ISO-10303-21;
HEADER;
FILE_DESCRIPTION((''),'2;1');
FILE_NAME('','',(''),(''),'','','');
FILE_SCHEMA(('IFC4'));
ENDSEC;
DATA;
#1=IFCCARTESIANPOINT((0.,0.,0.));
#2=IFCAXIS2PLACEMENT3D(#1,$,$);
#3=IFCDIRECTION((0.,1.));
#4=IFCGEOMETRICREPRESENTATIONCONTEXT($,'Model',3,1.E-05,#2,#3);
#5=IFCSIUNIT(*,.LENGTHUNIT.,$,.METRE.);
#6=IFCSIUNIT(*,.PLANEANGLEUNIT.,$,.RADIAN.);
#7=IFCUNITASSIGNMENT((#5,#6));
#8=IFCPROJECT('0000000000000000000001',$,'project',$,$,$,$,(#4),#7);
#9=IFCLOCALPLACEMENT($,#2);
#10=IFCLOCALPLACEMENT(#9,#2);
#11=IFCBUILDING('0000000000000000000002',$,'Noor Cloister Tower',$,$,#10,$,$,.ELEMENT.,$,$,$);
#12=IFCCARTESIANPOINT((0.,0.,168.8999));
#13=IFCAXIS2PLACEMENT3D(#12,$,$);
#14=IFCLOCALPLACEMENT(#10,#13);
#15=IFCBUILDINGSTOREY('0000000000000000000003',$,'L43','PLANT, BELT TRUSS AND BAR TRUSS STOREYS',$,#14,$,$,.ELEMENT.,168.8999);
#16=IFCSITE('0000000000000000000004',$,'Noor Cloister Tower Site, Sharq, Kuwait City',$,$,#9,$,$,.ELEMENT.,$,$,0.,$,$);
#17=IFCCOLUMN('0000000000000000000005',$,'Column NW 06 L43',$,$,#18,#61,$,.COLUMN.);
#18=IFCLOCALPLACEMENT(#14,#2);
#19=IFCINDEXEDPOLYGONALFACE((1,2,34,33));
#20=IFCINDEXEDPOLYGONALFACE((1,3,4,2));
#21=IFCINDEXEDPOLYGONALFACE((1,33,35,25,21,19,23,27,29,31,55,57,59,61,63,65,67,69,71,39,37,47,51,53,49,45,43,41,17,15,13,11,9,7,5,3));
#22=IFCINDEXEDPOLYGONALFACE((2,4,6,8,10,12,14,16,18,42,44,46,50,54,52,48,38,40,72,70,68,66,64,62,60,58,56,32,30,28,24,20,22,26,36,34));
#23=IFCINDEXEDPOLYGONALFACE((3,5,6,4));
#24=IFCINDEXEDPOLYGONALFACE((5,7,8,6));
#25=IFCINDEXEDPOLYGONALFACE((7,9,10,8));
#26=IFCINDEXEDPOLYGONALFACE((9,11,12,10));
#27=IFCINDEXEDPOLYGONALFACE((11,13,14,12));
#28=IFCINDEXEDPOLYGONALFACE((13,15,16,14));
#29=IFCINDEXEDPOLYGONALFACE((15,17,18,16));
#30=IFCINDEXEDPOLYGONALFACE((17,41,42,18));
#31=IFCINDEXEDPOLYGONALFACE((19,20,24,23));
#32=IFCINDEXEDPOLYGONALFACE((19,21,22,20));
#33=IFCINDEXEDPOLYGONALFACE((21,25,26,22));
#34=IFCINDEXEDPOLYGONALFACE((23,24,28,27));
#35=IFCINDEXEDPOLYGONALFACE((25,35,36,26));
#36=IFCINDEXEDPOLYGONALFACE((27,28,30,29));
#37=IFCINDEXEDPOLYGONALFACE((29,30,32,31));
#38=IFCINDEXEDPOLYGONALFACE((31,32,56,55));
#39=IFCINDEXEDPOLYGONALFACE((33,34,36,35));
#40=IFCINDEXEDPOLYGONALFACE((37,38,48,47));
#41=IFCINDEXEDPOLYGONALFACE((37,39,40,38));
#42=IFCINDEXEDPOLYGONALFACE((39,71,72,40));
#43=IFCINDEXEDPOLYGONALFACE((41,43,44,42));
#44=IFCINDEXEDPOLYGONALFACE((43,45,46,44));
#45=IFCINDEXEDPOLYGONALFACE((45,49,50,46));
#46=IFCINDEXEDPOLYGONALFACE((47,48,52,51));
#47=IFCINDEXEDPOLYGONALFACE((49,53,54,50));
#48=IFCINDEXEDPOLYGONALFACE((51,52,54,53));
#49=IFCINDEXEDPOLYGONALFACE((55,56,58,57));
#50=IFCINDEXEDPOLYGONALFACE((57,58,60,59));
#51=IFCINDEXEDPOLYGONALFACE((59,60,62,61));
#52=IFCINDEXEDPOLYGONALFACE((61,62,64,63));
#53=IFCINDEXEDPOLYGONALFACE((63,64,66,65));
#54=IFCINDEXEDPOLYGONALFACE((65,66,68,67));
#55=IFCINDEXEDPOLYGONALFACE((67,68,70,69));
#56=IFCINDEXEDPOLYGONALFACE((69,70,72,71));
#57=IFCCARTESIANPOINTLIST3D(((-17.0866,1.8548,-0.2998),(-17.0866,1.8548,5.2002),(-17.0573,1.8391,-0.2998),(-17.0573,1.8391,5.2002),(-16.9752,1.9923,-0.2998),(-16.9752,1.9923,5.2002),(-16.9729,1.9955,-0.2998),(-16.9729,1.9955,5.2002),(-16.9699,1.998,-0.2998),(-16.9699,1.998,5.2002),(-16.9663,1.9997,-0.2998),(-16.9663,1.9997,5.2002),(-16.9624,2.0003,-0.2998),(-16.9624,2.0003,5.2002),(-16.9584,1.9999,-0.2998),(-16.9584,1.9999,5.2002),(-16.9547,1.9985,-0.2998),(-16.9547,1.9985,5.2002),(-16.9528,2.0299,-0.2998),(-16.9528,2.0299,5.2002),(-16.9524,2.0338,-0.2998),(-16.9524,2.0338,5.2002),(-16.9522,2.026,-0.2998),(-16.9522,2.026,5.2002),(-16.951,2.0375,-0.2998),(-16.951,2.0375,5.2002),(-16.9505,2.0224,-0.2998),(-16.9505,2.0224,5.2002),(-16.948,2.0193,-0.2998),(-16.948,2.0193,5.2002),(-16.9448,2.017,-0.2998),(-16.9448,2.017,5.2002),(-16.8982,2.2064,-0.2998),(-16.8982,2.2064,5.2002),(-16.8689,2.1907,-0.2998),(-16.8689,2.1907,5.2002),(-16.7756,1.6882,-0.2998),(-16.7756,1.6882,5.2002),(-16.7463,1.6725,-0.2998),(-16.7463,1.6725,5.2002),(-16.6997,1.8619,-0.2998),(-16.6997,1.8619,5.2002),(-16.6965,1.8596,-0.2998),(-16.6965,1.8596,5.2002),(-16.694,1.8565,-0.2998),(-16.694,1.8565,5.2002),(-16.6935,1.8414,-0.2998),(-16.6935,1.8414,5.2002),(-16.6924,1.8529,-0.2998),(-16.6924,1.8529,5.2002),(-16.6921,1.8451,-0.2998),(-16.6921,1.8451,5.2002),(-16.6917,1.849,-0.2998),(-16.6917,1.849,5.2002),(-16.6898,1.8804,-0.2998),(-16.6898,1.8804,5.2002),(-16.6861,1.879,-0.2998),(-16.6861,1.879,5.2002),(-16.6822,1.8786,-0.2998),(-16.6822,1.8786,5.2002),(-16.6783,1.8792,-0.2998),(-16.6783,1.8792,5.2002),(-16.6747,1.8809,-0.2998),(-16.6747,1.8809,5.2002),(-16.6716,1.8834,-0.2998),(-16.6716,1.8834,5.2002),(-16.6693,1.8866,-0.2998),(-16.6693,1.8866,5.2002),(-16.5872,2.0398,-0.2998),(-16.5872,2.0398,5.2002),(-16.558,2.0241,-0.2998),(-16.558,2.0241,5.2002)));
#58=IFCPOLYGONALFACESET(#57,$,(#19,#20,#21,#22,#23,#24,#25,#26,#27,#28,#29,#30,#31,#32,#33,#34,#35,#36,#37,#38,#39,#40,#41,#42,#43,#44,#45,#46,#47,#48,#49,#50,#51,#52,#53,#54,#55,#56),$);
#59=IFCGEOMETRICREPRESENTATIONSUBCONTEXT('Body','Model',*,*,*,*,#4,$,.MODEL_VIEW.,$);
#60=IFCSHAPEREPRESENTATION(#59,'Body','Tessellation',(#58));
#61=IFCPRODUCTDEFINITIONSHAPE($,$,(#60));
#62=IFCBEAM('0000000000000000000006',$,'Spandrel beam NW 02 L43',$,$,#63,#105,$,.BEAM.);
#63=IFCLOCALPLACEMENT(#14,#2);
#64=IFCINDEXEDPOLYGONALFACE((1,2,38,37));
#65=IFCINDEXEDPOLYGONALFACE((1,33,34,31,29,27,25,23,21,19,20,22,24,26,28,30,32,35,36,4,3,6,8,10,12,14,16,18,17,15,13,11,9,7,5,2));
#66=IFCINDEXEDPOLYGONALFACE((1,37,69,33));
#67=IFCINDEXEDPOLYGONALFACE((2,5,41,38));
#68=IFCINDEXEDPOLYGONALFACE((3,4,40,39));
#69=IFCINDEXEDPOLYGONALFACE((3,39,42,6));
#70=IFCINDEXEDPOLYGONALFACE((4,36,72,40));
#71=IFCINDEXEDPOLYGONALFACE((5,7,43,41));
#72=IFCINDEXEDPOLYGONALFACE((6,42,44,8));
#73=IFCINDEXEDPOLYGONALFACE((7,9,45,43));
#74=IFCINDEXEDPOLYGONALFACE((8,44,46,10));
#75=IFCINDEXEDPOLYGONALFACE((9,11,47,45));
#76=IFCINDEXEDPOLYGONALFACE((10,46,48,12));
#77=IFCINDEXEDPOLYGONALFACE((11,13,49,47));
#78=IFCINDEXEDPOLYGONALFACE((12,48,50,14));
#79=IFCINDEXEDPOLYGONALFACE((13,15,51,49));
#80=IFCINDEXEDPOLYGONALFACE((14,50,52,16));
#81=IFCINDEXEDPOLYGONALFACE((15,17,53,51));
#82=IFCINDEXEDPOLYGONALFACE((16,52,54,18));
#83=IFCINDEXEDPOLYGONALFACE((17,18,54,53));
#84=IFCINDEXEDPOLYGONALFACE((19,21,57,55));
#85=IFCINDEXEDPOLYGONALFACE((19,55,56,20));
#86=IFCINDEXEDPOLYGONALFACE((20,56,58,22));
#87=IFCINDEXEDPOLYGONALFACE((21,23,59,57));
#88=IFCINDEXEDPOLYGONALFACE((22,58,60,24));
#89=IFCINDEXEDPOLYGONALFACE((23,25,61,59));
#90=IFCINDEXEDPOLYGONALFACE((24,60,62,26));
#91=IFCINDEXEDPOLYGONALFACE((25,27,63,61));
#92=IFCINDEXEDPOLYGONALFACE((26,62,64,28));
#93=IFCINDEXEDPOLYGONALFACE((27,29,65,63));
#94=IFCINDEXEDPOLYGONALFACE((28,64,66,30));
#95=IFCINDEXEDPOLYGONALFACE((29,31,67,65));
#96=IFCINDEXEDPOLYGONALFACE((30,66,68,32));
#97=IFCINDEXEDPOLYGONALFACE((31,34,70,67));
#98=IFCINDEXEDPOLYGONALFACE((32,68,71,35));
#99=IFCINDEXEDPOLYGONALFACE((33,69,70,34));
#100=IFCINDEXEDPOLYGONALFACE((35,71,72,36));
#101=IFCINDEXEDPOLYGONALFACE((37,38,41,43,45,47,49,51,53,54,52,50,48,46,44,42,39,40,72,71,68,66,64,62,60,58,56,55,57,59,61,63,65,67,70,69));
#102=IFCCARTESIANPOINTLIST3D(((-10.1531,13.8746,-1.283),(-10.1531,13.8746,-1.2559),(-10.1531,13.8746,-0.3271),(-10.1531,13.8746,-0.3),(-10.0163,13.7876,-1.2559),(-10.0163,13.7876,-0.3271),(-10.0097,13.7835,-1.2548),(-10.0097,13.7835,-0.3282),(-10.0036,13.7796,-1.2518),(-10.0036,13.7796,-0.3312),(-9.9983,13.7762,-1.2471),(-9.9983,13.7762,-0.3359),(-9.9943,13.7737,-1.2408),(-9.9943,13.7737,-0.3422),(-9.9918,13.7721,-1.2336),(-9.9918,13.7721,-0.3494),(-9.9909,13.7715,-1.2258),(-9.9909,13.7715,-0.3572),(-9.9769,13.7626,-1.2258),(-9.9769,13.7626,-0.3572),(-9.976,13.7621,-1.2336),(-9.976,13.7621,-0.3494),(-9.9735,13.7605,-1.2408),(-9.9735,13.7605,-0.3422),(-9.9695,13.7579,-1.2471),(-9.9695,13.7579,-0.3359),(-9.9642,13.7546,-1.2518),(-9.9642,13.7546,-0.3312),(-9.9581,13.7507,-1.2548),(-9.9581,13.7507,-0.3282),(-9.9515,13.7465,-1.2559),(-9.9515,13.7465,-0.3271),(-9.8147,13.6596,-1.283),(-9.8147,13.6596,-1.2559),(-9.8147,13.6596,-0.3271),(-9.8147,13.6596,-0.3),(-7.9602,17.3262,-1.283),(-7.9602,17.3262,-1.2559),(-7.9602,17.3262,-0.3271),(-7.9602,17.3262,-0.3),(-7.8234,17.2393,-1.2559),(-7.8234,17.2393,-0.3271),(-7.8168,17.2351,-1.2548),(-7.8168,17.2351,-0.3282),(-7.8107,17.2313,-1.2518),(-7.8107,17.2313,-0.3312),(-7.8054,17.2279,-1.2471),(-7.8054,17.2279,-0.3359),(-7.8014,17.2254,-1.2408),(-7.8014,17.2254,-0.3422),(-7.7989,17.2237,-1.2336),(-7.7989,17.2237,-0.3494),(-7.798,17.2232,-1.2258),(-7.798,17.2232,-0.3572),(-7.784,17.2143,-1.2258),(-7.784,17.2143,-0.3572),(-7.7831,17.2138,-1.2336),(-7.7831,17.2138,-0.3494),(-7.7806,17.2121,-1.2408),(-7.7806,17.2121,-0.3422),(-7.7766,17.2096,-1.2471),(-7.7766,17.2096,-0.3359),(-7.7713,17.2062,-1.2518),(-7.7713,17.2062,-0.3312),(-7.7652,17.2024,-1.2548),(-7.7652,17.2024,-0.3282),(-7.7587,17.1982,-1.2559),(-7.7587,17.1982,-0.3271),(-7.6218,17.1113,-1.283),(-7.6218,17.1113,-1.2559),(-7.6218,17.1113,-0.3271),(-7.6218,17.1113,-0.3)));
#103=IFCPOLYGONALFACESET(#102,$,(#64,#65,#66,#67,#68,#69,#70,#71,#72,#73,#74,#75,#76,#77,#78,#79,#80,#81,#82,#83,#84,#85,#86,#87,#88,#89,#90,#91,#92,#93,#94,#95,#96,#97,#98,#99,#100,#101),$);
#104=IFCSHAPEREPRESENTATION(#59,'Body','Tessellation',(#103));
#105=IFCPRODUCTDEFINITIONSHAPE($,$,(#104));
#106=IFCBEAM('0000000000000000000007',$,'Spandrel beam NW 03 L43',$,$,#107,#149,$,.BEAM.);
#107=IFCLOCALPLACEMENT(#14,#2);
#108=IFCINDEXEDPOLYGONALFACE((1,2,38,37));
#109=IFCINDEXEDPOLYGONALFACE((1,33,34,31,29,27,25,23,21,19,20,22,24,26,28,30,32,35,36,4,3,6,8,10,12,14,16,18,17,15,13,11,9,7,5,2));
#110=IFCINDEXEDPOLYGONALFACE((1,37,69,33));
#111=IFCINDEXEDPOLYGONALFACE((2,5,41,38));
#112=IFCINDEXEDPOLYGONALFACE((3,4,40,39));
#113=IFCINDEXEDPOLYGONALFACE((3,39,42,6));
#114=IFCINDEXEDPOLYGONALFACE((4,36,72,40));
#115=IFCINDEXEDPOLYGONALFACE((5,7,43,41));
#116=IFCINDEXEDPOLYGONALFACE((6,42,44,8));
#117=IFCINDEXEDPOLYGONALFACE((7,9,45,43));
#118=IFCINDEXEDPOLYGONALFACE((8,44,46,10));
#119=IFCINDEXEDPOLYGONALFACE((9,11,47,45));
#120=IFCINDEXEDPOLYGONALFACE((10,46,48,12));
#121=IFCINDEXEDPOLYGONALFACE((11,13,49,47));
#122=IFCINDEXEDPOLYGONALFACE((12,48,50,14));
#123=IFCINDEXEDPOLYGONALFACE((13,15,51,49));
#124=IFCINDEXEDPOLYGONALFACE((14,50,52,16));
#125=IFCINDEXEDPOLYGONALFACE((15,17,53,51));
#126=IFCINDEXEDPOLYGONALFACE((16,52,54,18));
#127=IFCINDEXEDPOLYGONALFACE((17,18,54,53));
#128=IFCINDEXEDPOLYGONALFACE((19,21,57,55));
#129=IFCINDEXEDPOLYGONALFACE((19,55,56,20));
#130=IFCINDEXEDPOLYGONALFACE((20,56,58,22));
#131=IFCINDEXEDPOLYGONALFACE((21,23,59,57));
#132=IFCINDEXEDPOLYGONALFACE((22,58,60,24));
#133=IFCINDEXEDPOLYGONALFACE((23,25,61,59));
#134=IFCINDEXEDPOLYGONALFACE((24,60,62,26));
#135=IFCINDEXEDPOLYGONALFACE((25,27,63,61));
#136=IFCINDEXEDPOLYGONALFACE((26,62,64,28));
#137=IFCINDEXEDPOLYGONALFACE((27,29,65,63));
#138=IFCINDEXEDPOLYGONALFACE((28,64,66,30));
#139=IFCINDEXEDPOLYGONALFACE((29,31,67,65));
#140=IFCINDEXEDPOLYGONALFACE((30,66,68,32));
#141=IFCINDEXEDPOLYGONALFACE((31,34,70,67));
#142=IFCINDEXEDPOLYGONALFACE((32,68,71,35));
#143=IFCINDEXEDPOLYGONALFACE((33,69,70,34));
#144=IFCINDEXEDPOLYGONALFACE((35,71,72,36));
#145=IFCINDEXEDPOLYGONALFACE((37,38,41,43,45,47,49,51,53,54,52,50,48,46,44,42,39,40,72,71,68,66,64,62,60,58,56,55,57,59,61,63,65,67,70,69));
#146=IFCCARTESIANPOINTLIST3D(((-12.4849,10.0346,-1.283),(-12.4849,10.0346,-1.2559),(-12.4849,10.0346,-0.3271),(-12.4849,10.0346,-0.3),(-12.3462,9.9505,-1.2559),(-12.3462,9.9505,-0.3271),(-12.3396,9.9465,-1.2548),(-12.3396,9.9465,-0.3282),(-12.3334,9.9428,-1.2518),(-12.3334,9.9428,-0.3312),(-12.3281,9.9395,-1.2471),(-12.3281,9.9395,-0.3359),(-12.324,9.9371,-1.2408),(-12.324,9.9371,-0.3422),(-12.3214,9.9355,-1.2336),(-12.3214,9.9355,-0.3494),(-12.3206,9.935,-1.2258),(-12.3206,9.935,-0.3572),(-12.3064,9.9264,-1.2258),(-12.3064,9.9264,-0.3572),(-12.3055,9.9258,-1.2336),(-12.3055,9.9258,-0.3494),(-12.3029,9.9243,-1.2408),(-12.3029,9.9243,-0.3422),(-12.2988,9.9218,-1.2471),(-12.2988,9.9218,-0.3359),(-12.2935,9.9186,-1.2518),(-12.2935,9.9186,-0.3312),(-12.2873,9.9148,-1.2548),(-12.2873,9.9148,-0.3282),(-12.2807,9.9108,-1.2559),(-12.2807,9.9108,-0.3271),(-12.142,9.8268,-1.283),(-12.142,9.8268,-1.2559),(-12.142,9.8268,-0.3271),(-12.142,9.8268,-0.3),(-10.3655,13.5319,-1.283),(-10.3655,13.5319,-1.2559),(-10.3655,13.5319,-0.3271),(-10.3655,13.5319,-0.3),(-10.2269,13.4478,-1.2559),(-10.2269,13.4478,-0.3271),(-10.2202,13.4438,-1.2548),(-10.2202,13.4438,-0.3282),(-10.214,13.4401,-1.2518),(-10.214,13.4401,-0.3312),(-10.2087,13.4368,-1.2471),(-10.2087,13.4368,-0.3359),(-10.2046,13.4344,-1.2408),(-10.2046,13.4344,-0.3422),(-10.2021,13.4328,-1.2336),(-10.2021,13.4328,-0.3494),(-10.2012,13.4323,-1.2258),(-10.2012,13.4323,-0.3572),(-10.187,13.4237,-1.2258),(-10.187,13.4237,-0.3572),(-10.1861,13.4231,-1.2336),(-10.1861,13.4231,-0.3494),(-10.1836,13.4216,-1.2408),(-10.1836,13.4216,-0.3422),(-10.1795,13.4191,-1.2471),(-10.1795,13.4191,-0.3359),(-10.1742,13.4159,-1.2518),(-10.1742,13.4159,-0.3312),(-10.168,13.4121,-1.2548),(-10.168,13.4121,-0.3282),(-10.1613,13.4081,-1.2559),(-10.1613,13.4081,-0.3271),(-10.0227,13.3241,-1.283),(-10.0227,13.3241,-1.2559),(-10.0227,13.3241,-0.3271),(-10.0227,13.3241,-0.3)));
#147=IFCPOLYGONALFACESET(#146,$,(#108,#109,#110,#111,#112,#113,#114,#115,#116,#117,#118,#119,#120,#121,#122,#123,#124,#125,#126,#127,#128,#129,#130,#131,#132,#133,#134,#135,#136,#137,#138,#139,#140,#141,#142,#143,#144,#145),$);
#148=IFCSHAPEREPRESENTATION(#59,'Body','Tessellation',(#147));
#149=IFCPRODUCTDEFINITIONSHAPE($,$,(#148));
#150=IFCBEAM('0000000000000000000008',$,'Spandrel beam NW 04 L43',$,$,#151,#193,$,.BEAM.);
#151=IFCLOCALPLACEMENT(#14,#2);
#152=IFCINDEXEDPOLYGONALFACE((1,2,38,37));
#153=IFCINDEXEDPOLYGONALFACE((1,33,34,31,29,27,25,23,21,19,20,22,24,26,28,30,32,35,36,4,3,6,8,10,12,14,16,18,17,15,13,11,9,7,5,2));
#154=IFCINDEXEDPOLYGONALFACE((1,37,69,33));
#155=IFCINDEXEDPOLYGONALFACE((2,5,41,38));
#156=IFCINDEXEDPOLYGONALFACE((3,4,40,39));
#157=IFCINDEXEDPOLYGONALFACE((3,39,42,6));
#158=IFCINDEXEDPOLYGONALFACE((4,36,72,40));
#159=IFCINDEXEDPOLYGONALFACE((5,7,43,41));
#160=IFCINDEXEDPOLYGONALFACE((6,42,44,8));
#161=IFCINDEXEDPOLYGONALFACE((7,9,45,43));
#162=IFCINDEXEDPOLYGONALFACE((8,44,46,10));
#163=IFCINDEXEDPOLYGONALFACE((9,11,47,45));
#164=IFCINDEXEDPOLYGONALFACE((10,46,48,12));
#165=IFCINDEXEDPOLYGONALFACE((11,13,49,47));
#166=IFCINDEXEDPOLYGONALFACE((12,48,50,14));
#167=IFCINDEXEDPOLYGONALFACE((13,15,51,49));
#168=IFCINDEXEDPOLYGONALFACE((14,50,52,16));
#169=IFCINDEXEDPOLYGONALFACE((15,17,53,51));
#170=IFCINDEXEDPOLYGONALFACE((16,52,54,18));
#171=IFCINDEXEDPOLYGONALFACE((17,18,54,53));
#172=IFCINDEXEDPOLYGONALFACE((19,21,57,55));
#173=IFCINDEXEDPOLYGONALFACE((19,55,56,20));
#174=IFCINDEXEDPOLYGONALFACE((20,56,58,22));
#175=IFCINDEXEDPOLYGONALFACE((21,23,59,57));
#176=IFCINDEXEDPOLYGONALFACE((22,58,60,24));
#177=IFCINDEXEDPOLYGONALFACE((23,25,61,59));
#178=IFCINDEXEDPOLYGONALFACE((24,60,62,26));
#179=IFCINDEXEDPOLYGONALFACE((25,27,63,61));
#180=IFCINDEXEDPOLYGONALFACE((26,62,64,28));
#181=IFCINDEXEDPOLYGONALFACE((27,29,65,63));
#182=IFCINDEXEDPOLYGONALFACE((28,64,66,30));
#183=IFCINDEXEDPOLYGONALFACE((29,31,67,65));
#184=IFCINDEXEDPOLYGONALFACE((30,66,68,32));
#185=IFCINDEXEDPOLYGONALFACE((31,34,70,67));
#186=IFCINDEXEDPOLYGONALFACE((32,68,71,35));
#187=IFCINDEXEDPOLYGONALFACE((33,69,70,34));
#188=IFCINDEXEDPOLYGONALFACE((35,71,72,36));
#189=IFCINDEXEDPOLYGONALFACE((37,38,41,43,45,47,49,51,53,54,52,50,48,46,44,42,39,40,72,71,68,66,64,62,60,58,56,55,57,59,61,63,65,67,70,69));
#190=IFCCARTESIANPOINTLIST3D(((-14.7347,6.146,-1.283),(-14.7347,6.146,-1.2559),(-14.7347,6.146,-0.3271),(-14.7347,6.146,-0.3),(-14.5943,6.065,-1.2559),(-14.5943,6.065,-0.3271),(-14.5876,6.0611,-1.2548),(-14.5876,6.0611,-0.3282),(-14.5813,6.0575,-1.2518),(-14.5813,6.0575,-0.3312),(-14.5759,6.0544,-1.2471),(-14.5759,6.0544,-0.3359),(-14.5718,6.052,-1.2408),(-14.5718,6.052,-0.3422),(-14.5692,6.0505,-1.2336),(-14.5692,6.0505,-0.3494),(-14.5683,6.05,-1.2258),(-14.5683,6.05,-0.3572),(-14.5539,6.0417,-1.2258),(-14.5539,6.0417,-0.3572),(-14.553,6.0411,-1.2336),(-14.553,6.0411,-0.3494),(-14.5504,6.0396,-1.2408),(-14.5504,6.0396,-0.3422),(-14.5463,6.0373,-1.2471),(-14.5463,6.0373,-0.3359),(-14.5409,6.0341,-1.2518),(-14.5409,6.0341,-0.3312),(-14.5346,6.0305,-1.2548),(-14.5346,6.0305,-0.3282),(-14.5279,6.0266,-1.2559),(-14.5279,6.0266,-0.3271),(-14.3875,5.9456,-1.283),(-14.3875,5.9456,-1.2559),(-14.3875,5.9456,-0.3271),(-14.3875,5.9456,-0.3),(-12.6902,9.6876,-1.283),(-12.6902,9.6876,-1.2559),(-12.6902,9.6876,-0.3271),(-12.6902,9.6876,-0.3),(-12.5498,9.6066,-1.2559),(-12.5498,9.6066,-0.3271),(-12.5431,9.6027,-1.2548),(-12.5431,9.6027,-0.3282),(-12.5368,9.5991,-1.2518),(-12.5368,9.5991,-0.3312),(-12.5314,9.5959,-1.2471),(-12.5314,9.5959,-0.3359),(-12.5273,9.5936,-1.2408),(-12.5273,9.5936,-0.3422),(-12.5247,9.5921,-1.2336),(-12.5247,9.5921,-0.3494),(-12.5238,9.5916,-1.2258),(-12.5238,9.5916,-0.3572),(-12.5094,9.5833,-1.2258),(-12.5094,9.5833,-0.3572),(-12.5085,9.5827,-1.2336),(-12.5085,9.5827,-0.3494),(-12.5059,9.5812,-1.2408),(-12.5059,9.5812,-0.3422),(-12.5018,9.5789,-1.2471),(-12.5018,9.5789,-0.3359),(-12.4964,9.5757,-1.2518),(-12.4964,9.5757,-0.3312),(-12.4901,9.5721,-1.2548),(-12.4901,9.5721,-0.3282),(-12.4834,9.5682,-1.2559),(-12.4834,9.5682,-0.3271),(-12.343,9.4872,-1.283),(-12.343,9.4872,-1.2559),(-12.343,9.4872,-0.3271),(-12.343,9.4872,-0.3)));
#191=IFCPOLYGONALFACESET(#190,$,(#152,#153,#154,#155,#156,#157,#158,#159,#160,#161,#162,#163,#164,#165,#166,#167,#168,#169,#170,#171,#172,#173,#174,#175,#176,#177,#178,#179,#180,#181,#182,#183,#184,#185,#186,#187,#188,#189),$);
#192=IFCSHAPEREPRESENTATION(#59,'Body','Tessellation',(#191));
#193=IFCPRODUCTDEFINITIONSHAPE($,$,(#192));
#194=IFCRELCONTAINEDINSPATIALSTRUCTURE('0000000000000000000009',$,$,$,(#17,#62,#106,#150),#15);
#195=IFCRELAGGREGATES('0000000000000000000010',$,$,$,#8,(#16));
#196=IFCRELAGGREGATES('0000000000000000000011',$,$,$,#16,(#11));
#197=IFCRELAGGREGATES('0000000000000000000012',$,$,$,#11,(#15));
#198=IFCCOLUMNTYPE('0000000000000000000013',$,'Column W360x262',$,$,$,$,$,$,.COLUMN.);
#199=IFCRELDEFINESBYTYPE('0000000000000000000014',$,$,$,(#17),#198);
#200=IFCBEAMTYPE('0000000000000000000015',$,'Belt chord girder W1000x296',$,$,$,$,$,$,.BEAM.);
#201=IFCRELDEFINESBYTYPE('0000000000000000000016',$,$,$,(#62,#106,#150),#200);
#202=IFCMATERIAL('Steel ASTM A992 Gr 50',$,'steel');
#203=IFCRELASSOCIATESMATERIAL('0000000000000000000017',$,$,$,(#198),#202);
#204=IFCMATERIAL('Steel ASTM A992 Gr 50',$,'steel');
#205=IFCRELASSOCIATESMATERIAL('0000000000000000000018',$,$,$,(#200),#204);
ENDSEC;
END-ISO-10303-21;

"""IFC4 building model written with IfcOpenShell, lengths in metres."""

from ifc_helpers import new_model, si_unit, direction, frame, origin, origin_2d, place, context, subcontext, project, spatial, i_section, extrude, material, material_profile, profile_set, type_object, element, save


model = new_model("IFC4")

# Units and contexts
model_context = context("Model", 3, precision=1e-05, world=origin(), true_north=direction((0.0, 1.0)))
body_context = subcontext(model_context, "Body", "Model", "MODEL_VIEW")
ifc_project = project(units=[si_unit("LENGTHUNIT", "METRE"), si_unit("PLANEANGLEUNIT", "RADIAN")], contexts=[model_context])

# Site, building, storey
site_placement = place(None, origin())
site = spatial("IfcSite", under=ifc_project, at=site_placement, Name="Noor Cloister Tower Site, Sharq, Kuwait City", CompositionType="ELEMENT", RefElevation=0.0)
building_placement = place(site_placement, origin())
building = spatial("IfcBuilding", under=site, at=building_placement, Name="Noor Cloister Tower", CompositionType="ELEMENT")
storey_placement = place(building_placement, frame((0.0, 0.0, 168.8999)))
storey = spatial("IfcBuildingStorey", under=building, at=storey_placement, Name="L43", Description="PLANT, BELT TRUSS AND BAR TRUSS STOREYS", CompositionType="ELEMENT", Elevation=168.8999)

# Column
ifc_material_1 = material(Name="Steel ASTM A992 Gr 50", Category="steel")
ifc_material_profile_1 = material_profile(ifc_material_1, i_section(OverallWidth=0.3989, OverallDepth=0.386, WebThickness=0.021, FlangeThickness=0.0332, FilletRadius=0.0151, at=origin_2d()), Name="W360x262")
ifc_profile_set_1 = profile_set([ifc_material_profile_1], Name="Steel ASTM A992 Gr 50")
column_type = type_object("IfcColumnType", Name="Column W360x262", PredefinedType="COLUMN", material=ifc_profile_set_1)
for number, where, z_axis, x_axis, name in (
    (1, (-16.8223, 1.9395, -0.2998), (0.0, 0.0, 1.0), (-0.472237, -0.881472, 0.0), "Column NW 06 L43"),
):
    element("IfcColumn", number, at=place(storey_placement, frame(where, z_axis=z_axis, x_axis=x_axis)), inside=storey, type_object=column_type, Name=name, PredefinedType="COLUMN", context=body_context, shape_type="SweptSolid", body=[
        extrude(i_section(OverallWidth=0.3989, OverallDepth=0.386, WebThickness=0.021, FlangeThickness=0.0332, FilletRadius=0.0151, at=origin_2d()), origin(), (0.0, 0.0, 1.0), 5.5),
    ])

# Beams
ifc_material_2 = material(Name="Steel ASTM A992 Gr 50", Category="steel")
ifc_material_profile_2 = material_profile(ifc_material_2, i_section(OverallWidth=0.4009, OverallDepth=0.9829, WebThickness=0.0166, FlangeThickness=0.0271, FilletRadius=0.03, at=origin_2d()), Name="W1000x296")
ifc_profile_set_2 = profile_set([ifc_material_profile_2], Name="Steel ASTM A992 Gr 50")
beam_type_1 = type_object("IfcBeamType", Name="Belt chord girder W1000x296", PredefinedType="BEAM", material=ifc_profile_set_2)
for number, where, z_axis, x_axis, name in (
    (2, (-7.791, 17.2188, -0.7915), (-0.536242, -0.844064, 0.0), (0.844064, -0.536242, 0.0), "Spandrel beam NW 02 L43"),
    (3, (-10.1941, 13.428, -0.7915), (-0.518266, -0.855219, 0.0), (0.855219, -0.518266, 0.0), "Spandrel beam NW 03 L43"),
    (4, (-12.5166, 9.5874, -0.7915), (-0.499953, -0.866052, 0.0), (0.866052, -0.499953, 0.0), "Spandrel beam NW 04 L43"),
):
    element("IfcBeam", number, at=place(storey_placement, frame(where, z_axis=z_axis, x_axis=x_axis)), inside=storey, type_object=beam_type_1, Name=name, PredefinedType="BEAM", context=body_context, shape_type="SweptSolid", body=[
        extrude(i_section(OverallWidth=0.4009, OverallDepth=0.9829, WebThickness=0.0166, FlangeThickness=0.0271, FilletRadius=0.03, at=origin_2d()), origin(), (0.0, 0.0, 1.0), 4.0894),
    ])

save(model, "model.ifc")
